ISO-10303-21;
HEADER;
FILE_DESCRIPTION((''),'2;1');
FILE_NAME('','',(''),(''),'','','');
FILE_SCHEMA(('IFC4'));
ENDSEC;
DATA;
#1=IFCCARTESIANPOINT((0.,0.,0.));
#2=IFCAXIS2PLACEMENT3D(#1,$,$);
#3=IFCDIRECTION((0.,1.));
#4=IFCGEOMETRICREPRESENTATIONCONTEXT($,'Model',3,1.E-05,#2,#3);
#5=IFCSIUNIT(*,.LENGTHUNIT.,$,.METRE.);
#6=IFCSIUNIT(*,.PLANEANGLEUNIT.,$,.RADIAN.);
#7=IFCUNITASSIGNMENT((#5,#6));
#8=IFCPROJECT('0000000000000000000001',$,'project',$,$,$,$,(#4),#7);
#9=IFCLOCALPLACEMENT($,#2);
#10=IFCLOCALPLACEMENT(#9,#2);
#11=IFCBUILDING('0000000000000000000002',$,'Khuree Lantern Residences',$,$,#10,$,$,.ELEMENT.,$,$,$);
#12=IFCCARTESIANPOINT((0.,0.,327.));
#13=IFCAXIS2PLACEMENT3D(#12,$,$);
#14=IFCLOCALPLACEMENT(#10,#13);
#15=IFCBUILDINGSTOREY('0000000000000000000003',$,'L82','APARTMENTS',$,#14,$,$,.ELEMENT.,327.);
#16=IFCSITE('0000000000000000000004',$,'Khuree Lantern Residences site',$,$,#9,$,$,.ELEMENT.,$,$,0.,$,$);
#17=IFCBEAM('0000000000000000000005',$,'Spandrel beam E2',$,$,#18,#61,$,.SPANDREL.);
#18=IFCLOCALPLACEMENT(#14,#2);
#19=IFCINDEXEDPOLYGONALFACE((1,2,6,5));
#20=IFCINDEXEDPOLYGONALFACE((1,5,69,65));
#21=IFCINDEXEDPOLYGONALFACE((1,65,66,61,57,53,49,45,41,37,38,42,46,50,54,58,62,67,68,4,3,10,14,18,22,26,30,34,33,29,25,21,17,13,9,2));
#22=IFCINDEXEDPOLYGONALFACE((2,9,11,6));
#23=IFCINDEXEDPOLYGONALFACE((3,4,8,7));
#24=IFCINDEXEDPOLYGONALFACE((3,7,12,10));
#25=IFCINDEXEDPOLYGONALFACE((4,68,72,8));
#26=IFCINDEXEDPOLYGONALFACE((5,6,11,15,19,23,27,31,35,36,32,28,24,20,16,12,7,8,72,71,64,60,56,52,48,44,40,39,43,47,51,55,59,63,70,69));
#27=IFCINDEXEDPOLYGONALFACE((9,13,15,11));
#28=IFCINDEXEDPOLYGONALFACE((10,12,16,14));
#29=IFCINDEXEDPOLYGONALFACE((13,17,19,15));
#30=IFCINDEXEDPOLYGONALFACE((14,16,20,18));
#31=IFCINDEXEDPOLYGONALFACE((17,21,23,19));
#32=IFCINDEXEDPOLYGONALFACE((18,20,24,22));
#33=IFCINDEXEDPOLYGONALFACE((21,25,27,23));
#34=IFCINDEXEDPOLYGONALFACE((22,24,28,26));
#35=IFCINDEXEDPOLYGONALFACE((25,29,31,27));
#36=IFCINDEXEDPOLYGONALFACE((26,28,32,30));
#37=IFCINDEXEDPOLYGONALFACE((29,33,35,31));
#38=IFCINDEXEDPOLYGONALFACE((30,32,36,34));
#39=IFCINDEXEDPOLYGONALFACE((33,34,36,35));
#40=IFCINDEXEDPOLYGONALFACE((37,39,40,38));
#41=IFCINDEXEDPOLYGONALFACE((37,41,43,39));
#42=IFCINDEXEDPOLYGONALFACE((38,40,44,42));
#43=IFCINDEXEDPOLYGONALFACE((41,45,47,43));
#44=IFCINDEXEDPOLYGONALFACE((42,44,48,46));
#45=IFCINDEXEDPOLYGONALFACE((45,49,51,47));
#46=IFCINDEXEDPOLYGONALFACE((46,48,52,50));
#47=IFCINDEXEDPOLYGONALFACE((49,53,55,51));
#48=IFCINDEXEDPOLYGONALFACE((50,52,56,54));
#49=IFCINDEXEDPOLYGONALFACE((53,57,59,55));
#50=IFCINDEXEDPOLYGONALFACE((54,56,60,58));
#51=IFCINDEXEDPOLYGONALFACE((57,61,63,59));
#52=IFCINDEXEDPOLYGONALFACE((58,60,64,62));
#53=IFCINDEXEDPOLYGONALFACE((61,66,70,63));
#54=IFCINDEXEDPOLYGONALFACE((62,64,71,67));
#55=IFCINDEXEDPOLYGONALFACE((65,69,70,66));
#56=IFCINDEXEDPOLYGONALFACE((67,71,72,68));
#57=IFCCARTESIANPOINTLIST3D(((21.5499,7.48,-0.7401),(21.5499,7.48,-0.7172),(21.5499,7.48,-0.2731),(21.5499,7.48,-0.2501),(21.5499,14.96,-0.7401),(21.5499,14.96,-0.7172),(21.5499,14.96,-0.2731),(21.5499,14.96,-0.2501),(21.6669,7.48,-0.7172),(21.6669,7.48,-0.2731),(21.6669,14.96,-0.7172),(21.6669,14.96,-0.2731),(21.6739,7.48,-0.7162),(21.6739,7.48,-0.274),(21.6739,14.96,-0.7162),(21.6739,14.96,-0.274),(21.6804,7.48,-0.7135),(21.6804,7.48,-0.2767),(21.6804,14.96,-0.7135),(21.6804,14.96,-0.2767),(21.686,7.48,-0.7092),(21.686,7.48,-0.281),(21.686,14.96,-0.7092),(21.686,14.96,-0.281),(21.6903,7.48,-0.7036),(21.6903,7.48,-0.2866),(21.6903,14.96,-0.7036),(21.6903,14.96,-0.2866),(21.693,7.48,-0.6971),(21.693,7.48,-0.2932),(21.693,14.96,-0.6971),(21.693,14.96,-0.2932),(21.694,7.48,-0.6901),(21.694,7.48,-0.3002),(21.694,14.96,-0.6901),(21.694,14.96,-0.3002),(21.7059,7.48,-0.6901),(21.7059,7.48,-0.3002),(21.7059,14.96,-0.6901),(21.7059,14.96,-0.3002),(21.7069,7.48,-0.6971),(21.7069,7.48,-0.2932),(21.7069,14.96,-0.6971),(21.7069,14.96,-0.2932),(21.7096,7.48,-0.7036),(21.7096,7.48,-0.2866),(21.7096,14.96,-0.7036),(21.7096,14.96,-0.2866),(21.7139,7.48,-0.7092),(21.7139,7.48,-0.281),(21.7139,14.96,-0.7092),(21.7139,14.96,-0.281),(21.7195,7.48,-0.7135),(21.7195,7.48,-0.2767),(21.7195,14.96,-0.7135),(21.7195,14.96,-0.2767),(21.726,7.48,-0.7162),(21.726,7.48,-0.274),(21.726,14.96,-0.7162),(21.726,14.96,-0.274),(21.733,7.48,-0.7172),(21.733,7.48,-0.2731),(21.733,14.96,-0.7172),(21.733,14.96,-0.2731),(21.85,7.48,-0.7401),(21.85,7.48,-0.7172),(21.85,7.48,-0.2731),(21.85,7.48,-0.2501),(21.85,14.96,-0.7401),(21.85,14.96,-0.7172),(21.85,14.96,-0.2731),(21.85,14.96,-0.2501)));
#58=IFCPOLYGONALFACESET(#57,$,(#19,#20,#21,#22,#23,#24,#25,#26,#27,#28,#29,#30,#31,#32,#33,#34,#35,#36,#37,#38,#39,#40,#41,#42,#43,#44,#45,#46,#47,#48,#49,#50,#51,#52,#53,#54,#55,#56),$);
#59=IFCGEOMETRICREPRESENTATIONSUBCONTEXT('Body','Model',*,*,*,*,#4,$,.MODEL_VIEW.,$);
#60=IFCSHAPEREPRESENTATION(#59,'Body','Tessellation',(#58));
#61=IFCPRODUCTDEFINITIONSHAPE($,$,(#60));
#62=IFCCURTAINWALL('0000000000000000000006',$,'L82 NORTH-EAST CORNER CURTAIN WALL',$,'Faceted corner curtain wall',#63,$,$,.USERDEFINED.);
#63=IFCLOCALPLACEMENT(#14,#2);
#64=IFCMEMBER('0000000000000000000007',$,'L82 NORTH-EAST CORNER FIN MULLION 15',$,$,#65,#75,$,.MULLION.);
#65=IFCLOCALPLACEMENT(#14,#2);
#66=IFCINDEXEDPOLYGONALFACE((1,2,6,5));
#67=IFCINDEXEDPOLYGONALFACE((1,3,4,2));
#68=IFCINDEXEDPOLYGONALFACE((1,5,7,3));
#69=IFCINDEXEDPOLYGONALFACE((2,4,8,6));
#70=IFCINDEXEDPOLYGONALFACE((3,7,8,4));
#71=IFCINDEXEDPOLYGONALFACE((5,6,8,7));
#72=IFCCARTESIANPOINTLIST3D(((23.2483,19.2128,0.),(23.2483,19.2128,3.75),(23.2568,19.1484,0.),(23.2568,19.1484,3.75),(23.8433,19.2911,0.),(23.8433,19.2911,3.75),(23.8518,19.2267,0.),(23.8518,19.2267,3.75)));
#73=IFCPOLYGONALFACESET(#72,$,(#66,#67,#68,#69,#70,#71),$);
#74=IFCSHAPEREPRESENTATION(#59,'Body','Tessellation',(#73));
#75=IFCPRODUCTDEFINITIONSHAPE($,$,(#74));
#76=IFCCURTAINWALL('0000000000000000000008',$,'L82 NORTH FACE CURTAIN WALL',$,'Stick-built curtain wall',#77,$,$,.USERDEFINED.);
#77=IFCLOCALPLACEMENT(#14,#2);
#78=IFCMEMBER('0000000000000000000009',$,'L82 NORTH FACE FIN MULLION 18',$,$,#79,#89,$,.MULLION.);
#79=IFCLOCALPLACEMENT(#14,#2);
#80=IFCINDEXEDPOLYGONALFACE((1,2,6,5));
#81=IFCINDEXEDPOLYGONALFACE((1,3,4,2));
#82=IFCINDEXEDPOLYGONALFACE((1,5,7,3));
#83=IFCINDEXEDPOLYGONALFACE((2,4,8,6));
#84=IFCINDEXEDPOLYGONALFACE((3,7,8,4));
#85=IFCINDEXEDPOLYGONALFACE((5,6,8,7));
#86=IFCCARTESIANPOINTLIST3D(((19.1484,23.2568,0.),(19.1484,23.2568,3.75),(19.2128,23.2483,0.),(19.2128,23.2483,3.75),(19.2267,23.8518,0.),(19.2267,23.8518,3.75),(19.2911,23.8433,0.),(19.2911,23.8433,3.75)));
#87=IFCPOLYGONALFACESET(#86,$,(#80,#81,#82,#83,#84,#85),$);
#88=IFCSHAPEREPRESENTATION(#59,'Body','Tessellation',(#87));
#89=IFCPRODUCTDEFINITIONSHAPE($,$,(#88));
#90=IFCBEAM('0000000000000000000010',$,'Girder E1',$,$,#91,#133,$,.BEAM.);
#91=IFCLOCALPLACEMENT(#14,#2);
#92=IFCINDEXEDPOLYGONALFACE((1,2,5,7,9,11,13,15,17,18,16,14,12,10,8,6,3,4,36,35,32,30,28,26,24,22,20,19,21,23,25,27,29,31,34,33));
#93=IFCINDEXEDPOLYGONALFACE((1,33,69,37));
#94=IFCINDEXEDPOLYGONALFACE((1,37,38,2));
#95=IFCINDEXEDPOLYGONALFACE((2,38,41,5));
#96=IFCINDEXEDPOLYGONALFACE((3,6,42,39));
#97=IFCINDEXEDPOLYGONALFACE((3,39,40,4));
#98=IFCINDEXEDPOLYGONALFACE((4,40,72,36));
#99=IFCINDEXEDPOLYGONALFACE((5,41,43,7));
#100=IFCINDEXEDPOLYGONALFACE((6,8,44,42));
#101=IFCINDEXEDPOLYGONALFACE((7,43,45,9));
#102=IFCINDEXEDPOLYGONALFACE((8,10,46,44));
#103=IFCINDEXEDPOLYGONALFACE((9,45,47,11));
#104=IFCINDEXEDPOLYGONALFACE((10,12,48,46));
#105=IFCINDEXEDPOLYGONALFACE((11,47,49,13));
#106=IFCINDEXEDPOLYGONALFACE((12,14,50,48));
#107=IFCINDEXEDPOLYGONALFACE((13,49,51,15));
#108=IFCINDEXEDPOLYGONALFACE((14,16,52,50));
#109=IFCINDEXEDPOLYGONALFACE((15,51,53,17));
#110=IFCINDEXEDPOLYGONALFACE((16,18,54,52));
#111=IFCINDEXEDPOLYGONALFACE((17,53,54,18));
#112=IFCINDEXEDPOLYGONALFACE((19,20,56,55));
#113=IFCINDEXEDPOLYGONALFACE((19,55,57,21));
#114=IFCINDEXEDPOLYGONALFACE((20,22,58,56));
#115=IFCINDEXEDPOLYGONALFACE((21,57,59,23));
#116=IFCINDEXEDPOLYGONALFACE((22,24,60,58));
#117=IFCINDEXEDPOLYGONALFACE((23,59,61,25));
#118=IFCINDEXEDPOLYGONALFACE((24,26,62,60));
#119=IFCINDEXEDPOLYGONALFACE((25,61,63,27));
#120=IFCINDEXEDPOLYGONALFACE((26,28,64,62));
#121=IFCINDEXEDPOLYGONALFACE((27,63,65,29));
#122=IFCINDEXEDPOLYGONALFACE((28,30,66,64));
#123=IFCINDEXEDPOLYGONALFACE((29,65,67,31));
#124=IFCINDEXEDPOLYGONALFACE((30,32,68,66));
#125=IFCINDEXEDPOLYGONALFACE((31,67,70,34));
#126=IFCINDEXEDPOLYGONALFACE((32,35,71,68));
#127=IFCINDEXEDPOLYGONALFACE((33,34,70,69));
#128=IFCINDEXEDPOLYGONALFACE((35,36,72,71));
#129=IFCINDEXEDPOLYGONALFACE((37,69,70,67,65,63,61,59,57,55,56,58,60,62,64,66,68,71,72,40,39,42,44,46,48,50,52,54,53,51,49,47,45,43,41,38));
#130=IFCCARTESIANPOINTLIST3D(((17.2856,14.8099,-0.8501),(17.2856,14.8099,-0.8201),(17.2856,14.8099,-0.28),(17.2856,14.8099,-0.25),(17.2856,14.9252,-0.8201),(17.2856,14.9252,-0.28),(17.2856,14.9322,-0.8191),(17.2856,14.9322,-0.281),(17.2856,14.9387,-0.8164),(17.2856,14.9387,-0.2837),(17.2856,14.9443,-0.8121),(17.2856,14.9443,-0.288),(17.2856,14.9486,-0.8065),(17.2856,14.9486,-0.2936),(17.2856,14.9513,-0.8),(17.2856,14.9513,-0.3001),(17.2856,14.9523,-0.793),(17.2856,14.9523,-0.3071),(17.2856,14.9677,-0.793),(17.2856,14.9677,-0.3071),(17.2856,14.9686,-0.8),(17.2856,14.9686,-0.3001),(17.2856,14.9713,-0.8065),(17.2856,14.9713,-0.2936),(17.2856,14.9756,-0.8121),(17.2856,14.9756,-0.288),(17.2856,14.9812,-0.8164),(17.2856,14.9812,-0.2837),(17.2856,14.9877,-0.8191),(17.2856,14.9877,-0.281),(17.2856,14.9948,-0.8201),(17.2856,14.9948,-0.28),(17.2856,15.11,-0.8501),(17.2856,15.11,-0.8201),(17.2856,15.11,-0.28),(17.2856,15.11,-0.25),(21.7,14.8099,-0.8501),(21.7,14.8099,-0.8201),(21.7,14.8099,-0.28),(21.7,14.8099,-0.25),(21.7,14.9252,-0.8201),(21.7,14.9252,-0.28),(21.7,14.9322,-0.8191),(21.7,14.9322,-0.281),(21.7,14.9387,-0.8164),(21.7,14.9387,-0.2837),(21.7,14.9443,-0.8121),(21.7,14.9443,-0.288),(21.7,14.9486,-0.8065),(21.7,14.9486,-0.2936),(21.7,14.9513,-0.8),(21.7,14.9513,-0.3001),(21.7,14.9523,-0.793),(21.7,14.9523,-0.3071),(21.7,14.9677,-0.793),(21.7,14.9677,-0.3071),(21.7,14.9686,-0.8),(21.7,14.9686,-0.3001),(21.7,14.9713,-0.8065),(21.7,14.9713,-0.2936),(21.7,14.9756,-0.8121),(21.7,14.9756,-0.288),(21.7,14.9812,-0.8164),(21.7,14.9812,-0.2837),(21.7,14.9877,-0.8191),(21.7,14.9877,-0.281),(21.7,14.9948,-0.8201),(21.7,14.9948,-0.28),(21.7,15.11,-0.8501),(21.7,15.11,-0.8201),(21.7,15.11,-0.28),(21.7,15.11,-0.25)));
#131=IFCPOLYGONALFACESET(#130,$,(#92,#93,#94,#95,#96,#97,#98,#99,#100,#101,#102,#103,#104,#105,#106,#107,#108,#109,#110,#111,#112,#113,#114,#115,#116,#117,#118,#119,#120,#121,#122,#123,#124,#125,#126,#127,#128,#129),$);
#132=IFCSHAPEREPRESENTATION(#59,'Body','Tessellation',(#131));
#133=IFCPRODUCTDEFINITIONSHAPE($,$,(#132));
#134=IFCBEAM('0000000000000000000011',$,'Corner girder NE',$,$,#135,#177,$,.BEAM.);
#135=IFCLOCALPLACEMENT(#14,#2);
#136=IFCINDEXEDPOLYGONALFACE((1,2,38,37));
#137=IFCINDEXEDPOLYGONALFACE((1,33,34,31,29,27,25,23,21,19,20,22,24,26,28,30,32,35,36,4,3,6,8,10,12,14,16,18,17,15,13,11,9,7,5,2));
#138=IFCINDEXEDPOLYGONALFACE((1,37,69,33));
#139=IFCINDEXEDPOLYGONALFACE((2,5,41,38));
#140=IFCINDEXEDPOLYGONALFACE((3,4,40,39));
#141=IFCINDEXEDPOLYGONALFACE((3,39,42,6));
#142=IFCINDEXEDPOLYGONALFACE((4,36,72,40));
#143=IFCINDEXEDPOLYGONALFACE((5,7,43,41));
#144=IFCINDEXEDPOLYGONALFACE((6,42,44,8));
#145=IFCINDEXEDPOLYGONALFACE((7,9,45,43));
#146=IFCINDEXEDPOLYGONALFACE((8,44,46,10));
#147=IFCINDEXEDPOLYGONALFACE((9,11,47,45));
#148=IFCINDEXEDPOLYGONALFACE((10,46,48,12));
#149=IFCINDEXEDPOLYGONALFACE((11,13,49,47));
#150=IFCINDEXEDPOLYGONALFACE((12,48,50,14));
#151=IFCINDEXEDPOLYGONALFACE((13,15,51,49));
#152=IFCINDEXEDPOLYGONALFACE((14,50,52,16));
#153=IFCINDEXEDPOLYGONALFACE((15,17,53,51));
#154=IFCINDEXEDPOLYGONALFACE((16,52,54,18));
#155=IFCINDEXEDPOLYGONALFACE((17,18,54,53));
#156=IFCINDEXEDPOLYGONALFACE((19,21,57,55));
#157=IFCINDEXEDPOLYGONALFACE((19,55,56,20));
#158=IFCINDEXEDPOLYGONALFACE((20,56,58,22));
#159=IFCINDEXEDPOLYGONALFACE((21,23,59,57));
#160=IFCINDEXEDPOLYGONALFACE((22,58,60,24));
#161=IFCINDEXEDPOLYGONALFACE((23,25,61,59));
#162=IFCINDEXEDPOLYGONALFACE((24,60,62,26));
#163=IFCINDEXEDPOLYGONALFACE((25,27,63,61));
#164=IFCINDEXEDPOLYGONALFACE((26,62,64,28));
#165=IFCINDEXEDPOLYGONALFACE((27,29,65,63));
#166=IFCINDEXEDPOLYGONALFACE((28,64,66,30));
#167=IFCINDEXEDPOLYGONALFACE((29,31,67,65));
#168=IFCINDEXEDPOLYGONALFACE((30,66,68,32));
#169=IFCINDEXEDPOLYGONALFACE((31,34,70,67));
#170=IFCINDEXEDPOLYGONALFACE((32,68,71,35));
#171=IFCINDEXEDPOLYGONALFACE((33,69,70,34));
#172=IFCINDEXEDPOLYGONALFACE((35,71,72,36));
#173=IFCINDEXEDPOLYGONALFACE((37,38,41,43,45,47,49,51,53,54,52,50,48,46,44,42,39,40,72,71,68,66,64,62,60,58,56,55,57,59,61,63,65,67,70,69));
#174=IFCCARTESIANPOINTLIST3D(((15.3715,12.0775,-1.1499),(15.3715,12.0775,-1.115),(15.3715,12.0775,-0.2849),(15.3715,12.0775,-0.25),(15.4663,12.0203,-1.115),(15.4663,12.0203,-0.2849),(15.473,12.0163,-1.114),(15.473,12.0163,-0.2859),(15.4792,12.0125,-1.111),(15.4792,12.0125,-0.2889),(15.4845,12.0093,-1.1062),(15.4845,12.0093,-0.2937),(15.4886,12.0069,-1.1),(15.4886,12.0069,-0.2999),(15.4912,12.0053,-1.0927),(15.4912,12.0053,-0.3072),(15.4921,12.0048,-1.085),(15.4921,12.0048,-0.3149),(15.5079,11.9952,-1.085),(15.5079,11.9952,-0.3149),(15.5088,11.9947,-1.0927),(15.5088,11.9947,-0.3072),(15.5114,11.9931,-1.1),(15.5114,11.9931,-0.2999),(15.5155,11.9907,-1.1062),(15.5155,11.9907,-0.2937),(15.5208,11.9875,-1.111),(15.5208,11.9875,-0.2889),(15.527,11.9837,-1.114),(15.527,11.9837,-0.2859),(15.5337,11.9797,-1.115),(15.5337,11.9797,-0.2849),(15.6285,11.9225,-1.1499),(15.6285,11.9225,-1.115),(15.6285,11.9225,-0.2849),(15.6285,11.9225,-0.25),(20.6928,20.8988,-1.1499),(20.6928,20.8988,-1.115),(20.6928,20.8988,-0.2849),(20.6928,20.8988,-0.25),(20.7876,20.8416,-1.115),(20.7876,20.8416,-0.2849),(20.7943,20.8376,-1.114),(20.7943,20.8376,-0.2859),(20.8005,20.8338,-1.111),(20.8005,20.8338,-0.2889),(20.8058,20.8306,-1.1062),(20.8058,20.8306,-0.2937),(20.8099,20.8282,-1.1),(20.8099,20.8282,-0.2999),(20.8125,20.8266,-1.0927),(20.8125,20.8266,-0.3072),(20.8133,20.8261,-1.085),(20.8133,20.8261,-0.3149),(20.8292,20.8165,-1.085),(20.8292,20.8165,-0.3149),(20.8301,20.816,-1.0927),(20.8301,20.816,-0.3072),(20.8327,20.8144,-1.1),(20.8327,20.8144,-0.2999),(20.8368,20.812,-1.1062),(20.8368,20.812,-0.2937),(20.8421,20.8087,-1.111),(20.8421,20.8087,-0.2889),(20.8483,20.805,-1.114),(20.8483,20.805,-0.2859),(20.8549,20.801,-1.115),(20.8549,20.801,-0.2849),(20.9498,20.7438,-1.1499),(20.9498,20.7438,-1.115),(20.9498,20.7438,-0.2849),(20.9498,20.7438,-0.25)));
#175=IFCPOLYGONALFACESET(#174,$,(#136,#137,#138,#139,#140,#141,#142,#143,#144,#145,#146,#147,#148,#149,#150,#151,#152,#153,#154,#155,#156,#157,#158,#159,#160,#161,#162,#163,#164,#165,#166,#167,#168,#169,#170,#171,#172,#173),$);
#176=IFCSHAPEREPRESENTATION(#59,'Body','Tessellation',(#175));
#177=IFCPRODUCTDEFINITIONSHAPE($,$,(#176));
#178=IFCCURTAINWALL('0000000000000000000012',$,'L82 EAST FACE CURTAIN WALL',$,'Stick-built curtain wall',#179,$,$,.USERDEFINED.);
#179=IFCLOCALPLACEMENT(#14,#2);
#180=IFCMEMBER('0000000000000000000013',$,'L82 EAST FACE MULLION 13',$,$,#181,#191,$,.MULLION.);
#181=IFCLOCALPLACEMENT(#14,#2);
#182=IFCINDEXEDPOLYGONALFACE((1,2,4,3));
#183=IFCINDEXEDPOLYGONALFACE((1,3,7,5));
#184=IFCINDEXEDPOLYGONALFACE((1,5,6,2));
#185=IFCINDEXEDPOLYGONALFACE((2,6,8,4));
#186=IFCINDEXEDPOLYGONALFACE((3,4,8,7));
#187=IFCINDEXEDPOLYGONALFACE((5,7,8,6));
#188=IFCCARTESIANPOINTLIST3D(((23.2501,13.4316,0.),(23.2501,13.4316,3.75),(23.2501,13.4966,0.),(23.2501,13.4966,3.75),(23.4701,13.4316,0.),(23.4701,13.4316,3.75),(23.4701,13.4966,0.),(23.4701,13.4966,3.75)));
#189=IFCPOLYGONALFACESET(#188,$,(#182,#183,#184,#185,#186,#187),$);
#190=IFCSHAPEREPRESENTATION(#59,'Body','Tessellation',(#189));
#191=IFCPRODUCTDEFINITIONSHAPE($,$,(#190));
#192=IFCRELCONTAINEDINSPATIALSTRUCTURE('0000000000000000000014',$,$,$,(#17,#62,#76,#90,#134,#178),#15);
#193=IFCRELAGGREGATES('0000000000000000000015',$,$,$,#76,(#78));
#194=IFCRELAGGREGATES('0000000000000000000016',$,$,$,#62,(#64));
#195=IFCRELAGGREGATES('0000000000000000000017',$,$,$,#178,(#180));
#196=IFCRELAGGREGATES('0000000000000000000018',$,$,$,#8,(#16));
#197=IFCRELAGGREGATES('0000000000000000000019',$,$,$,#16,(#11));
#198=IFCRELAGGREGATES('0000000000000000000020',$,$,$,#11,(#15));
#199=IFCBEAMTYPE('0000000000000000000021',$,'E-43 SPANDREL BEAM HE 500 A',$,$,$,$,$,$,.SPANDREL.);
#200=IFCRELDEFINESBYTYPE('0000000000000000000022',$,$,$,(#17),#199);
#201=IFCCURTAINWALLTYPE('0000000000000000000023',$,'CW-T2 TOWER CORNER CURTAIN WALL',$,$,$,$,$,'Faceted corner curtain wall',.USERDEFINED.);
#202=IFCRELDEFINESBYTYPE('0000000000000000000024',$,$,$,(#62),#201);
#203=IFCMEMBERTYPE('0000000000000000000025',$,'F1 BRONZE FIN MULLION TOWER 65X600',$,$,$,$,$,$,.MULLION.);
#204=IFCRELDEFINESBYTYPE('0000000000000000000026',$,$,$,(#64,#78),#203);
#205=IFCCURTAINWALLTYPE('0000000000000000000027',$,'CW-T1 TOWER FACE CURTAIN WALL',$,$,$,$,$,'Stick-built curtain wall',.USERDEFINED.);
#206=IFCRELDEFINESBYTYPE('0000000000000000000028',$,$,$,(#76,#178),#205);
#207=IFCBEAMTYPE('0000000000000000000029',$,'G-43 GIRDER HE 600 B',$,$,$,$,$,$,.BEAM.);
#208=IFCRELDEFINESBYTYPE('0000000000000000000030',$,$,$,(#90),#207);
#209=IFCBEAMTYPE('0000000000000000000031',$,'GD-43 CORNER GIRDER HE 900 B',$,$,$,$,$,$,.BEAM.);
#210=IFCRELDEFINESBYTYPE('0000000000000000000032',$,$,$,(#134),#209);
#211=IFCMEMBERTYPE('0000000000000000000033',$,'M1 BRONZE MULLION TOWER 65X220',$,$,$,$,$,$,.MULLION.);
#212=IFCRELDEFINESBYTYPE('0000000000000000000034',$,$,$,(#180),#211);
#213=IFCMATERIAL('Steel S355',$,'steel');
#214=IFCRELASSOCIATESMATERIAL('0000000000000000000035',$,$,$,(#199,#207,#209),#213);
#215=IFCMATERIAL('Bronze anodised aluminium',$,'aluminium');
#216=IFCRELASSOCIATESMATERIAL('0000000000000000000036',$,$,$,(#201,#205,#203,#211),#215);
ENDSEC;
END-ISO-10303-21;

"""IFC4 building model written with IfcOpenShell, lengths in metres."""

from ifc_helpers import new_model, si_unit, direction, frame, origin, origin_2d, place, context, subcontext, project, spatial, rectangle, i_section, extrude, material, material_profile, profile_set, type_object, element, aggregate, save


model = new_model("IFC4")

# Units and contexts
model_context = context("Model", 3, precision=1e-05, world=origin(), true_north=direction((0.0, 1.0)))
body_context = subcontext(model_context, "Body", "Model", "MODEL_VIEW")
ifc_project = project(units=[si_unit("LENGTHUNIT", "METRE"), si_unit("PLANEANGLEUNIT", "RADIAN")], contexts=[model_context])

# Site, building, storey
site_placement = place(None, origin())
site = spatial("IfcSite", under=ifc_project, at=site_placement, Name="Khuree Lantern Residences site", CompositionType="ELEMENT", RefElevation=0.0)
building_placement = place(site_placement, origin())
building = spatial("IfcBuilding", under=site, at=building_placement, Name="Khuree Lantern Residences", CompositionType="ELEMENT")
storey_placement = place(building_placement, frame((0.0, 0.0, 327.0)))
storey = spatial("IfcBuildingStorey", under=building, at=storey_placement, Name="L82", Description="APARTMENTS", CompositionType="ELEMENT", Elevation=327.0)

# Beam
ifc_material_1 = material(Name="Steel S355", Category="steel")
ifc_material_profile_1 = material_profile(ifc_material_1, i_section(OverallWidth=0.3, OverallDepth=0.49, WebThickness=0.012, FlangeThickness=0.0229, FilletRadius=0.0271, at=origin_2d()), Name="HE 500 A")
ifc_profile_set_1 = profile_set([ifc_material_profile_1], Name="Steel S355")
beam_type_1 = type_object("IfcBeamType", Name="E-43 SPANDREL BEAM HE 500 A", PredefinedType="SPANDREL", material=ifc_profile_set_1)
beam_1_placement = place(storey_placement, frame((21.7, 14.96, -0.4951), z_axis=(0.0, -1.0, 0.0), x_axis=(1.0, 0.0, 0.0)))
element("IfcBeam", 1, at=beam_1_placement, inside=storey, type_object=beam_type_1, Name="Spandrel beam E2", PredefinedType="SPANDREL", context=body_context, shape_type="SweptSolid", body=[
    extrude(i_section(OverallWidth=0.3, OverallDepth=0.49, WebThickness=0.012, FlangeThickness=0.0229, FilletRadius=0.0271, at=origin_2d()), origin(), (0.0, 0.0, 1.0), 7.48),
])

# Curtain walls, members
ifc_material_2 = material(Name="Bronze anodised aluminium", Category="aluminium")
curtain_wall_type_1 = type_object("IfcCurtainWallType", Name="CW-T2 TOWER CORNER CURTAIN WALL", ElementType="Faceted corner curtain wall", PredefinedType="USERDEFINED", material=ifc_material_2)
curtain_wall_1_placement = place(storey_placement, origin())
curtain_wall_1 = element("IfcCurtainWall", 2, at=curtain_wall_1_placement, inside=storey, type_object=curtain_wall_type_1, Name="L82 NORTH-EAST CORNER CURTAIN WALL", ObjectType="Faceted corner curtain wall", PredefinedType="USERDEFINED")
ifc_material_profile_2 = material_profile(ifc_material_2, rectangle(XDim=0.0649, YDim=0.6001, at=origin_2d()), Name="F1 65X600")
ifc_profile_set_2 = profile_set([ifc_material_profile_2], Name="Bronze anodised aluminium")
member_type_1 = type_object("IfcMemberType", Name="F1 BRONZE FIN MULLION TOWER 65X600", PredefinedType="MULLION", material=ifc_profile_set_2)
member_1_placement = place(storey_placement, frame((23.55, 19.2197, 0.0), z_axis=(0.0, 0.0, 1.0), x_axis=(-0.130526, 0.991445, 0.0)))
member_1 = element("IfcMember", 3, at=member_1_placement, type_object=member_type_1, Name="L82 NORTH-EAST CORNER FIN MULLION 15", PredefinedType="MULLION", context=body_context, shape_type="SweptSolid", body=[
    extrude(rectangle(XDim=0.0649, YDim=0.6001, at=origin_2d()), origin(), (0.0, 0.0, 1.0), 3.75),
])
curtain_wall_type_2 = type_object("IfcCurtainWallType", Name="CW-T1 TOWER FACE CURTAIN WALL", ElementType="Stick-built curtain wall", PredefinedType="USERDEFINED", material=ifc_material_2)
curtain_wall_2_placement = place(storey_placement, origin())
curtain_wall_2 = element("IfcCurtainWall", 4, at=curtain_wall_2_placement, inside=storey, type_object=curtain_wall_type_2, Name="L82 NORTH FACE CURTAIN WALL", ObjectType="Stick-built curtain wall", PredefinedType="USERDEFINED")
member_2_placement = place(storey_placement, frame((19.2197, 23.55, 0.0), z_axis=(0.0, 0.0, 1.0), x_axis=(-0.991445, 0.130526, 0.0)))
member_2 = element("IfcMember", 5, at=member_2_placement, type_object=member_type_1, Name="L82 NORTH FACE FIN MULLION 18", PredefinedType="MULLION", context=body_context, shape_type="SweptSolid", body=[
    extrude(rectangle(XDim=0.0649, YDim=0.6001, at=origin_2d()), origin(), (0.0, 0.0, 1.0), 3.75),
])

# Beams
ifc_material_profile_3 = material_profile(ifc_material_1, i_section(OverallWidth=0.3, OverallDepth=0.6001, WebThickness=0.0154, FlangeThickness=0.03, FilletRadius=0.0271, at=origin_2d()), Name="HE 600 B")
ifc_profile_set_3 = profile_set([ifc_material_profile_3], Name="Steel S355")
beam_type_2 = type_object("IfcBeamType", Name="G-43 GIRDER HE 600 B", PredefinedType="BEAM", material=ifc_profile_set_3)
beam_2_placement = place(storey_placement, frame((21.7, 14.96, -0.55), z_axis=(-1.0, 0.0, 0.0), x_axis=(0.0, -1.0, 0.0)))
element("IfcBeam", 6, at=beam_2_placement, inside=storey, type_object=beam_type_2, Name="Girder E1", PredefinedType="BEAM", context=body_context, shape_type="SweptSolid", body=[
    extrude(i_section(OverallWidth=0.3, OverallDepth=0.6001, WebThickness=0.0154, FlangeThickness=0.03, FilletRadius=0.0271, at=origin_2d()), origin(), (0.0, 0.0, 1.0), 4.4143),
])
ifc_material_profile_4 = material_profile(ifc_material_1, i_section(OverallWidth=0.3, OverallDepth=0.8999, WebThickness=0.0186, FlangeThickness=0.0349, FilletRadius=0.03, at=origin_2d()), Name="HE 900 B")
ifc_profile_set_4 = profile_set([ifc_material_profile_4], Name="Steel S355")
beam_type_3 = type_object("IfcBeamType", Name="GD-43 CORNER GIRDER HE 900 B", PredefinedType="BEAM", material=ifc_profile_set_4)
beam_3_placement = place(storey_placement, frame((20.8213, 20.8213, -0.7), z_axis=(-0.51653, -0.856269, 0.0), x_axis=(0.856269, -0.51653, 0.0)))
element("IfcBeam", 7, at=beam_3_placement, inside=storey, type_object=beam_type_3, Name="Corner girder NE", PredefinedType="BEAM", context=body_context, shape_type="SweptSolid", body=[
    extrude(i_section(OverallWidth=0.3, OverallDepth=0.8999, WebThickness=0.0186, FlangeThickness=0.0349, FilletRadius=0.03, at=origin_2d()), origin(), (0.0, 0.0, 1.0), 10.302),
])

# Curtain wall, member
curtain_wall_3_placement = place(storey_placement, origin())
curtain_wall_3 = element("IfcCurtainWall", 8, at=curtain_wall_3_placement, inside=storey, type_object=curtain_wall_type_2, Name="L82 EAST FACE CURTAIN WALL", ObjectType="Stick-built curtain wall", PredefinedType="USERDEFINED")
ifc_material_profile_5 = material_profile(ifc_material_2, rectangle(XDim=0.0649, YDim=0.22, at=origin_2d()), Name="M1 65X220")
ifc_profile_set_5 = profile_set([ifc_material_profile_5], Name="Bronze anodised aluminium")
member_type_2 = type_object("IfcMemberType", Name="M1 BRONZE MULLION TOWER 65X220", PredefinedType="MULLION", material=ifc_profile_set_5)
member_3_placement = place(storey_placement, frame((23.3601, 13.4641, 0.0), z_axis=(0.0, 0.0, 1.0), x_axis=(0.0, 1.0, 0.0)))
member_3 = element("IfcMember", 9, at=member_3_placement, type_object=member_type_2, Name="L82 EAST FACE MULLION 13", PredefinedType="MULLION", context=body_context, shape_type="SweptSolid", body=[
    extrude(rectangle(XDim=0.0649, YDim=0.22, at=origin_2d()), origin(), (0.0, 0.0, 1.0), 3.75),
])

aggregate(curtain_wall_2, [member_2])

aggregate(curtain_wall_1, [member_1])
aggregate(curtain_wall_3, [member_3])

save(model, "model.ifc")
